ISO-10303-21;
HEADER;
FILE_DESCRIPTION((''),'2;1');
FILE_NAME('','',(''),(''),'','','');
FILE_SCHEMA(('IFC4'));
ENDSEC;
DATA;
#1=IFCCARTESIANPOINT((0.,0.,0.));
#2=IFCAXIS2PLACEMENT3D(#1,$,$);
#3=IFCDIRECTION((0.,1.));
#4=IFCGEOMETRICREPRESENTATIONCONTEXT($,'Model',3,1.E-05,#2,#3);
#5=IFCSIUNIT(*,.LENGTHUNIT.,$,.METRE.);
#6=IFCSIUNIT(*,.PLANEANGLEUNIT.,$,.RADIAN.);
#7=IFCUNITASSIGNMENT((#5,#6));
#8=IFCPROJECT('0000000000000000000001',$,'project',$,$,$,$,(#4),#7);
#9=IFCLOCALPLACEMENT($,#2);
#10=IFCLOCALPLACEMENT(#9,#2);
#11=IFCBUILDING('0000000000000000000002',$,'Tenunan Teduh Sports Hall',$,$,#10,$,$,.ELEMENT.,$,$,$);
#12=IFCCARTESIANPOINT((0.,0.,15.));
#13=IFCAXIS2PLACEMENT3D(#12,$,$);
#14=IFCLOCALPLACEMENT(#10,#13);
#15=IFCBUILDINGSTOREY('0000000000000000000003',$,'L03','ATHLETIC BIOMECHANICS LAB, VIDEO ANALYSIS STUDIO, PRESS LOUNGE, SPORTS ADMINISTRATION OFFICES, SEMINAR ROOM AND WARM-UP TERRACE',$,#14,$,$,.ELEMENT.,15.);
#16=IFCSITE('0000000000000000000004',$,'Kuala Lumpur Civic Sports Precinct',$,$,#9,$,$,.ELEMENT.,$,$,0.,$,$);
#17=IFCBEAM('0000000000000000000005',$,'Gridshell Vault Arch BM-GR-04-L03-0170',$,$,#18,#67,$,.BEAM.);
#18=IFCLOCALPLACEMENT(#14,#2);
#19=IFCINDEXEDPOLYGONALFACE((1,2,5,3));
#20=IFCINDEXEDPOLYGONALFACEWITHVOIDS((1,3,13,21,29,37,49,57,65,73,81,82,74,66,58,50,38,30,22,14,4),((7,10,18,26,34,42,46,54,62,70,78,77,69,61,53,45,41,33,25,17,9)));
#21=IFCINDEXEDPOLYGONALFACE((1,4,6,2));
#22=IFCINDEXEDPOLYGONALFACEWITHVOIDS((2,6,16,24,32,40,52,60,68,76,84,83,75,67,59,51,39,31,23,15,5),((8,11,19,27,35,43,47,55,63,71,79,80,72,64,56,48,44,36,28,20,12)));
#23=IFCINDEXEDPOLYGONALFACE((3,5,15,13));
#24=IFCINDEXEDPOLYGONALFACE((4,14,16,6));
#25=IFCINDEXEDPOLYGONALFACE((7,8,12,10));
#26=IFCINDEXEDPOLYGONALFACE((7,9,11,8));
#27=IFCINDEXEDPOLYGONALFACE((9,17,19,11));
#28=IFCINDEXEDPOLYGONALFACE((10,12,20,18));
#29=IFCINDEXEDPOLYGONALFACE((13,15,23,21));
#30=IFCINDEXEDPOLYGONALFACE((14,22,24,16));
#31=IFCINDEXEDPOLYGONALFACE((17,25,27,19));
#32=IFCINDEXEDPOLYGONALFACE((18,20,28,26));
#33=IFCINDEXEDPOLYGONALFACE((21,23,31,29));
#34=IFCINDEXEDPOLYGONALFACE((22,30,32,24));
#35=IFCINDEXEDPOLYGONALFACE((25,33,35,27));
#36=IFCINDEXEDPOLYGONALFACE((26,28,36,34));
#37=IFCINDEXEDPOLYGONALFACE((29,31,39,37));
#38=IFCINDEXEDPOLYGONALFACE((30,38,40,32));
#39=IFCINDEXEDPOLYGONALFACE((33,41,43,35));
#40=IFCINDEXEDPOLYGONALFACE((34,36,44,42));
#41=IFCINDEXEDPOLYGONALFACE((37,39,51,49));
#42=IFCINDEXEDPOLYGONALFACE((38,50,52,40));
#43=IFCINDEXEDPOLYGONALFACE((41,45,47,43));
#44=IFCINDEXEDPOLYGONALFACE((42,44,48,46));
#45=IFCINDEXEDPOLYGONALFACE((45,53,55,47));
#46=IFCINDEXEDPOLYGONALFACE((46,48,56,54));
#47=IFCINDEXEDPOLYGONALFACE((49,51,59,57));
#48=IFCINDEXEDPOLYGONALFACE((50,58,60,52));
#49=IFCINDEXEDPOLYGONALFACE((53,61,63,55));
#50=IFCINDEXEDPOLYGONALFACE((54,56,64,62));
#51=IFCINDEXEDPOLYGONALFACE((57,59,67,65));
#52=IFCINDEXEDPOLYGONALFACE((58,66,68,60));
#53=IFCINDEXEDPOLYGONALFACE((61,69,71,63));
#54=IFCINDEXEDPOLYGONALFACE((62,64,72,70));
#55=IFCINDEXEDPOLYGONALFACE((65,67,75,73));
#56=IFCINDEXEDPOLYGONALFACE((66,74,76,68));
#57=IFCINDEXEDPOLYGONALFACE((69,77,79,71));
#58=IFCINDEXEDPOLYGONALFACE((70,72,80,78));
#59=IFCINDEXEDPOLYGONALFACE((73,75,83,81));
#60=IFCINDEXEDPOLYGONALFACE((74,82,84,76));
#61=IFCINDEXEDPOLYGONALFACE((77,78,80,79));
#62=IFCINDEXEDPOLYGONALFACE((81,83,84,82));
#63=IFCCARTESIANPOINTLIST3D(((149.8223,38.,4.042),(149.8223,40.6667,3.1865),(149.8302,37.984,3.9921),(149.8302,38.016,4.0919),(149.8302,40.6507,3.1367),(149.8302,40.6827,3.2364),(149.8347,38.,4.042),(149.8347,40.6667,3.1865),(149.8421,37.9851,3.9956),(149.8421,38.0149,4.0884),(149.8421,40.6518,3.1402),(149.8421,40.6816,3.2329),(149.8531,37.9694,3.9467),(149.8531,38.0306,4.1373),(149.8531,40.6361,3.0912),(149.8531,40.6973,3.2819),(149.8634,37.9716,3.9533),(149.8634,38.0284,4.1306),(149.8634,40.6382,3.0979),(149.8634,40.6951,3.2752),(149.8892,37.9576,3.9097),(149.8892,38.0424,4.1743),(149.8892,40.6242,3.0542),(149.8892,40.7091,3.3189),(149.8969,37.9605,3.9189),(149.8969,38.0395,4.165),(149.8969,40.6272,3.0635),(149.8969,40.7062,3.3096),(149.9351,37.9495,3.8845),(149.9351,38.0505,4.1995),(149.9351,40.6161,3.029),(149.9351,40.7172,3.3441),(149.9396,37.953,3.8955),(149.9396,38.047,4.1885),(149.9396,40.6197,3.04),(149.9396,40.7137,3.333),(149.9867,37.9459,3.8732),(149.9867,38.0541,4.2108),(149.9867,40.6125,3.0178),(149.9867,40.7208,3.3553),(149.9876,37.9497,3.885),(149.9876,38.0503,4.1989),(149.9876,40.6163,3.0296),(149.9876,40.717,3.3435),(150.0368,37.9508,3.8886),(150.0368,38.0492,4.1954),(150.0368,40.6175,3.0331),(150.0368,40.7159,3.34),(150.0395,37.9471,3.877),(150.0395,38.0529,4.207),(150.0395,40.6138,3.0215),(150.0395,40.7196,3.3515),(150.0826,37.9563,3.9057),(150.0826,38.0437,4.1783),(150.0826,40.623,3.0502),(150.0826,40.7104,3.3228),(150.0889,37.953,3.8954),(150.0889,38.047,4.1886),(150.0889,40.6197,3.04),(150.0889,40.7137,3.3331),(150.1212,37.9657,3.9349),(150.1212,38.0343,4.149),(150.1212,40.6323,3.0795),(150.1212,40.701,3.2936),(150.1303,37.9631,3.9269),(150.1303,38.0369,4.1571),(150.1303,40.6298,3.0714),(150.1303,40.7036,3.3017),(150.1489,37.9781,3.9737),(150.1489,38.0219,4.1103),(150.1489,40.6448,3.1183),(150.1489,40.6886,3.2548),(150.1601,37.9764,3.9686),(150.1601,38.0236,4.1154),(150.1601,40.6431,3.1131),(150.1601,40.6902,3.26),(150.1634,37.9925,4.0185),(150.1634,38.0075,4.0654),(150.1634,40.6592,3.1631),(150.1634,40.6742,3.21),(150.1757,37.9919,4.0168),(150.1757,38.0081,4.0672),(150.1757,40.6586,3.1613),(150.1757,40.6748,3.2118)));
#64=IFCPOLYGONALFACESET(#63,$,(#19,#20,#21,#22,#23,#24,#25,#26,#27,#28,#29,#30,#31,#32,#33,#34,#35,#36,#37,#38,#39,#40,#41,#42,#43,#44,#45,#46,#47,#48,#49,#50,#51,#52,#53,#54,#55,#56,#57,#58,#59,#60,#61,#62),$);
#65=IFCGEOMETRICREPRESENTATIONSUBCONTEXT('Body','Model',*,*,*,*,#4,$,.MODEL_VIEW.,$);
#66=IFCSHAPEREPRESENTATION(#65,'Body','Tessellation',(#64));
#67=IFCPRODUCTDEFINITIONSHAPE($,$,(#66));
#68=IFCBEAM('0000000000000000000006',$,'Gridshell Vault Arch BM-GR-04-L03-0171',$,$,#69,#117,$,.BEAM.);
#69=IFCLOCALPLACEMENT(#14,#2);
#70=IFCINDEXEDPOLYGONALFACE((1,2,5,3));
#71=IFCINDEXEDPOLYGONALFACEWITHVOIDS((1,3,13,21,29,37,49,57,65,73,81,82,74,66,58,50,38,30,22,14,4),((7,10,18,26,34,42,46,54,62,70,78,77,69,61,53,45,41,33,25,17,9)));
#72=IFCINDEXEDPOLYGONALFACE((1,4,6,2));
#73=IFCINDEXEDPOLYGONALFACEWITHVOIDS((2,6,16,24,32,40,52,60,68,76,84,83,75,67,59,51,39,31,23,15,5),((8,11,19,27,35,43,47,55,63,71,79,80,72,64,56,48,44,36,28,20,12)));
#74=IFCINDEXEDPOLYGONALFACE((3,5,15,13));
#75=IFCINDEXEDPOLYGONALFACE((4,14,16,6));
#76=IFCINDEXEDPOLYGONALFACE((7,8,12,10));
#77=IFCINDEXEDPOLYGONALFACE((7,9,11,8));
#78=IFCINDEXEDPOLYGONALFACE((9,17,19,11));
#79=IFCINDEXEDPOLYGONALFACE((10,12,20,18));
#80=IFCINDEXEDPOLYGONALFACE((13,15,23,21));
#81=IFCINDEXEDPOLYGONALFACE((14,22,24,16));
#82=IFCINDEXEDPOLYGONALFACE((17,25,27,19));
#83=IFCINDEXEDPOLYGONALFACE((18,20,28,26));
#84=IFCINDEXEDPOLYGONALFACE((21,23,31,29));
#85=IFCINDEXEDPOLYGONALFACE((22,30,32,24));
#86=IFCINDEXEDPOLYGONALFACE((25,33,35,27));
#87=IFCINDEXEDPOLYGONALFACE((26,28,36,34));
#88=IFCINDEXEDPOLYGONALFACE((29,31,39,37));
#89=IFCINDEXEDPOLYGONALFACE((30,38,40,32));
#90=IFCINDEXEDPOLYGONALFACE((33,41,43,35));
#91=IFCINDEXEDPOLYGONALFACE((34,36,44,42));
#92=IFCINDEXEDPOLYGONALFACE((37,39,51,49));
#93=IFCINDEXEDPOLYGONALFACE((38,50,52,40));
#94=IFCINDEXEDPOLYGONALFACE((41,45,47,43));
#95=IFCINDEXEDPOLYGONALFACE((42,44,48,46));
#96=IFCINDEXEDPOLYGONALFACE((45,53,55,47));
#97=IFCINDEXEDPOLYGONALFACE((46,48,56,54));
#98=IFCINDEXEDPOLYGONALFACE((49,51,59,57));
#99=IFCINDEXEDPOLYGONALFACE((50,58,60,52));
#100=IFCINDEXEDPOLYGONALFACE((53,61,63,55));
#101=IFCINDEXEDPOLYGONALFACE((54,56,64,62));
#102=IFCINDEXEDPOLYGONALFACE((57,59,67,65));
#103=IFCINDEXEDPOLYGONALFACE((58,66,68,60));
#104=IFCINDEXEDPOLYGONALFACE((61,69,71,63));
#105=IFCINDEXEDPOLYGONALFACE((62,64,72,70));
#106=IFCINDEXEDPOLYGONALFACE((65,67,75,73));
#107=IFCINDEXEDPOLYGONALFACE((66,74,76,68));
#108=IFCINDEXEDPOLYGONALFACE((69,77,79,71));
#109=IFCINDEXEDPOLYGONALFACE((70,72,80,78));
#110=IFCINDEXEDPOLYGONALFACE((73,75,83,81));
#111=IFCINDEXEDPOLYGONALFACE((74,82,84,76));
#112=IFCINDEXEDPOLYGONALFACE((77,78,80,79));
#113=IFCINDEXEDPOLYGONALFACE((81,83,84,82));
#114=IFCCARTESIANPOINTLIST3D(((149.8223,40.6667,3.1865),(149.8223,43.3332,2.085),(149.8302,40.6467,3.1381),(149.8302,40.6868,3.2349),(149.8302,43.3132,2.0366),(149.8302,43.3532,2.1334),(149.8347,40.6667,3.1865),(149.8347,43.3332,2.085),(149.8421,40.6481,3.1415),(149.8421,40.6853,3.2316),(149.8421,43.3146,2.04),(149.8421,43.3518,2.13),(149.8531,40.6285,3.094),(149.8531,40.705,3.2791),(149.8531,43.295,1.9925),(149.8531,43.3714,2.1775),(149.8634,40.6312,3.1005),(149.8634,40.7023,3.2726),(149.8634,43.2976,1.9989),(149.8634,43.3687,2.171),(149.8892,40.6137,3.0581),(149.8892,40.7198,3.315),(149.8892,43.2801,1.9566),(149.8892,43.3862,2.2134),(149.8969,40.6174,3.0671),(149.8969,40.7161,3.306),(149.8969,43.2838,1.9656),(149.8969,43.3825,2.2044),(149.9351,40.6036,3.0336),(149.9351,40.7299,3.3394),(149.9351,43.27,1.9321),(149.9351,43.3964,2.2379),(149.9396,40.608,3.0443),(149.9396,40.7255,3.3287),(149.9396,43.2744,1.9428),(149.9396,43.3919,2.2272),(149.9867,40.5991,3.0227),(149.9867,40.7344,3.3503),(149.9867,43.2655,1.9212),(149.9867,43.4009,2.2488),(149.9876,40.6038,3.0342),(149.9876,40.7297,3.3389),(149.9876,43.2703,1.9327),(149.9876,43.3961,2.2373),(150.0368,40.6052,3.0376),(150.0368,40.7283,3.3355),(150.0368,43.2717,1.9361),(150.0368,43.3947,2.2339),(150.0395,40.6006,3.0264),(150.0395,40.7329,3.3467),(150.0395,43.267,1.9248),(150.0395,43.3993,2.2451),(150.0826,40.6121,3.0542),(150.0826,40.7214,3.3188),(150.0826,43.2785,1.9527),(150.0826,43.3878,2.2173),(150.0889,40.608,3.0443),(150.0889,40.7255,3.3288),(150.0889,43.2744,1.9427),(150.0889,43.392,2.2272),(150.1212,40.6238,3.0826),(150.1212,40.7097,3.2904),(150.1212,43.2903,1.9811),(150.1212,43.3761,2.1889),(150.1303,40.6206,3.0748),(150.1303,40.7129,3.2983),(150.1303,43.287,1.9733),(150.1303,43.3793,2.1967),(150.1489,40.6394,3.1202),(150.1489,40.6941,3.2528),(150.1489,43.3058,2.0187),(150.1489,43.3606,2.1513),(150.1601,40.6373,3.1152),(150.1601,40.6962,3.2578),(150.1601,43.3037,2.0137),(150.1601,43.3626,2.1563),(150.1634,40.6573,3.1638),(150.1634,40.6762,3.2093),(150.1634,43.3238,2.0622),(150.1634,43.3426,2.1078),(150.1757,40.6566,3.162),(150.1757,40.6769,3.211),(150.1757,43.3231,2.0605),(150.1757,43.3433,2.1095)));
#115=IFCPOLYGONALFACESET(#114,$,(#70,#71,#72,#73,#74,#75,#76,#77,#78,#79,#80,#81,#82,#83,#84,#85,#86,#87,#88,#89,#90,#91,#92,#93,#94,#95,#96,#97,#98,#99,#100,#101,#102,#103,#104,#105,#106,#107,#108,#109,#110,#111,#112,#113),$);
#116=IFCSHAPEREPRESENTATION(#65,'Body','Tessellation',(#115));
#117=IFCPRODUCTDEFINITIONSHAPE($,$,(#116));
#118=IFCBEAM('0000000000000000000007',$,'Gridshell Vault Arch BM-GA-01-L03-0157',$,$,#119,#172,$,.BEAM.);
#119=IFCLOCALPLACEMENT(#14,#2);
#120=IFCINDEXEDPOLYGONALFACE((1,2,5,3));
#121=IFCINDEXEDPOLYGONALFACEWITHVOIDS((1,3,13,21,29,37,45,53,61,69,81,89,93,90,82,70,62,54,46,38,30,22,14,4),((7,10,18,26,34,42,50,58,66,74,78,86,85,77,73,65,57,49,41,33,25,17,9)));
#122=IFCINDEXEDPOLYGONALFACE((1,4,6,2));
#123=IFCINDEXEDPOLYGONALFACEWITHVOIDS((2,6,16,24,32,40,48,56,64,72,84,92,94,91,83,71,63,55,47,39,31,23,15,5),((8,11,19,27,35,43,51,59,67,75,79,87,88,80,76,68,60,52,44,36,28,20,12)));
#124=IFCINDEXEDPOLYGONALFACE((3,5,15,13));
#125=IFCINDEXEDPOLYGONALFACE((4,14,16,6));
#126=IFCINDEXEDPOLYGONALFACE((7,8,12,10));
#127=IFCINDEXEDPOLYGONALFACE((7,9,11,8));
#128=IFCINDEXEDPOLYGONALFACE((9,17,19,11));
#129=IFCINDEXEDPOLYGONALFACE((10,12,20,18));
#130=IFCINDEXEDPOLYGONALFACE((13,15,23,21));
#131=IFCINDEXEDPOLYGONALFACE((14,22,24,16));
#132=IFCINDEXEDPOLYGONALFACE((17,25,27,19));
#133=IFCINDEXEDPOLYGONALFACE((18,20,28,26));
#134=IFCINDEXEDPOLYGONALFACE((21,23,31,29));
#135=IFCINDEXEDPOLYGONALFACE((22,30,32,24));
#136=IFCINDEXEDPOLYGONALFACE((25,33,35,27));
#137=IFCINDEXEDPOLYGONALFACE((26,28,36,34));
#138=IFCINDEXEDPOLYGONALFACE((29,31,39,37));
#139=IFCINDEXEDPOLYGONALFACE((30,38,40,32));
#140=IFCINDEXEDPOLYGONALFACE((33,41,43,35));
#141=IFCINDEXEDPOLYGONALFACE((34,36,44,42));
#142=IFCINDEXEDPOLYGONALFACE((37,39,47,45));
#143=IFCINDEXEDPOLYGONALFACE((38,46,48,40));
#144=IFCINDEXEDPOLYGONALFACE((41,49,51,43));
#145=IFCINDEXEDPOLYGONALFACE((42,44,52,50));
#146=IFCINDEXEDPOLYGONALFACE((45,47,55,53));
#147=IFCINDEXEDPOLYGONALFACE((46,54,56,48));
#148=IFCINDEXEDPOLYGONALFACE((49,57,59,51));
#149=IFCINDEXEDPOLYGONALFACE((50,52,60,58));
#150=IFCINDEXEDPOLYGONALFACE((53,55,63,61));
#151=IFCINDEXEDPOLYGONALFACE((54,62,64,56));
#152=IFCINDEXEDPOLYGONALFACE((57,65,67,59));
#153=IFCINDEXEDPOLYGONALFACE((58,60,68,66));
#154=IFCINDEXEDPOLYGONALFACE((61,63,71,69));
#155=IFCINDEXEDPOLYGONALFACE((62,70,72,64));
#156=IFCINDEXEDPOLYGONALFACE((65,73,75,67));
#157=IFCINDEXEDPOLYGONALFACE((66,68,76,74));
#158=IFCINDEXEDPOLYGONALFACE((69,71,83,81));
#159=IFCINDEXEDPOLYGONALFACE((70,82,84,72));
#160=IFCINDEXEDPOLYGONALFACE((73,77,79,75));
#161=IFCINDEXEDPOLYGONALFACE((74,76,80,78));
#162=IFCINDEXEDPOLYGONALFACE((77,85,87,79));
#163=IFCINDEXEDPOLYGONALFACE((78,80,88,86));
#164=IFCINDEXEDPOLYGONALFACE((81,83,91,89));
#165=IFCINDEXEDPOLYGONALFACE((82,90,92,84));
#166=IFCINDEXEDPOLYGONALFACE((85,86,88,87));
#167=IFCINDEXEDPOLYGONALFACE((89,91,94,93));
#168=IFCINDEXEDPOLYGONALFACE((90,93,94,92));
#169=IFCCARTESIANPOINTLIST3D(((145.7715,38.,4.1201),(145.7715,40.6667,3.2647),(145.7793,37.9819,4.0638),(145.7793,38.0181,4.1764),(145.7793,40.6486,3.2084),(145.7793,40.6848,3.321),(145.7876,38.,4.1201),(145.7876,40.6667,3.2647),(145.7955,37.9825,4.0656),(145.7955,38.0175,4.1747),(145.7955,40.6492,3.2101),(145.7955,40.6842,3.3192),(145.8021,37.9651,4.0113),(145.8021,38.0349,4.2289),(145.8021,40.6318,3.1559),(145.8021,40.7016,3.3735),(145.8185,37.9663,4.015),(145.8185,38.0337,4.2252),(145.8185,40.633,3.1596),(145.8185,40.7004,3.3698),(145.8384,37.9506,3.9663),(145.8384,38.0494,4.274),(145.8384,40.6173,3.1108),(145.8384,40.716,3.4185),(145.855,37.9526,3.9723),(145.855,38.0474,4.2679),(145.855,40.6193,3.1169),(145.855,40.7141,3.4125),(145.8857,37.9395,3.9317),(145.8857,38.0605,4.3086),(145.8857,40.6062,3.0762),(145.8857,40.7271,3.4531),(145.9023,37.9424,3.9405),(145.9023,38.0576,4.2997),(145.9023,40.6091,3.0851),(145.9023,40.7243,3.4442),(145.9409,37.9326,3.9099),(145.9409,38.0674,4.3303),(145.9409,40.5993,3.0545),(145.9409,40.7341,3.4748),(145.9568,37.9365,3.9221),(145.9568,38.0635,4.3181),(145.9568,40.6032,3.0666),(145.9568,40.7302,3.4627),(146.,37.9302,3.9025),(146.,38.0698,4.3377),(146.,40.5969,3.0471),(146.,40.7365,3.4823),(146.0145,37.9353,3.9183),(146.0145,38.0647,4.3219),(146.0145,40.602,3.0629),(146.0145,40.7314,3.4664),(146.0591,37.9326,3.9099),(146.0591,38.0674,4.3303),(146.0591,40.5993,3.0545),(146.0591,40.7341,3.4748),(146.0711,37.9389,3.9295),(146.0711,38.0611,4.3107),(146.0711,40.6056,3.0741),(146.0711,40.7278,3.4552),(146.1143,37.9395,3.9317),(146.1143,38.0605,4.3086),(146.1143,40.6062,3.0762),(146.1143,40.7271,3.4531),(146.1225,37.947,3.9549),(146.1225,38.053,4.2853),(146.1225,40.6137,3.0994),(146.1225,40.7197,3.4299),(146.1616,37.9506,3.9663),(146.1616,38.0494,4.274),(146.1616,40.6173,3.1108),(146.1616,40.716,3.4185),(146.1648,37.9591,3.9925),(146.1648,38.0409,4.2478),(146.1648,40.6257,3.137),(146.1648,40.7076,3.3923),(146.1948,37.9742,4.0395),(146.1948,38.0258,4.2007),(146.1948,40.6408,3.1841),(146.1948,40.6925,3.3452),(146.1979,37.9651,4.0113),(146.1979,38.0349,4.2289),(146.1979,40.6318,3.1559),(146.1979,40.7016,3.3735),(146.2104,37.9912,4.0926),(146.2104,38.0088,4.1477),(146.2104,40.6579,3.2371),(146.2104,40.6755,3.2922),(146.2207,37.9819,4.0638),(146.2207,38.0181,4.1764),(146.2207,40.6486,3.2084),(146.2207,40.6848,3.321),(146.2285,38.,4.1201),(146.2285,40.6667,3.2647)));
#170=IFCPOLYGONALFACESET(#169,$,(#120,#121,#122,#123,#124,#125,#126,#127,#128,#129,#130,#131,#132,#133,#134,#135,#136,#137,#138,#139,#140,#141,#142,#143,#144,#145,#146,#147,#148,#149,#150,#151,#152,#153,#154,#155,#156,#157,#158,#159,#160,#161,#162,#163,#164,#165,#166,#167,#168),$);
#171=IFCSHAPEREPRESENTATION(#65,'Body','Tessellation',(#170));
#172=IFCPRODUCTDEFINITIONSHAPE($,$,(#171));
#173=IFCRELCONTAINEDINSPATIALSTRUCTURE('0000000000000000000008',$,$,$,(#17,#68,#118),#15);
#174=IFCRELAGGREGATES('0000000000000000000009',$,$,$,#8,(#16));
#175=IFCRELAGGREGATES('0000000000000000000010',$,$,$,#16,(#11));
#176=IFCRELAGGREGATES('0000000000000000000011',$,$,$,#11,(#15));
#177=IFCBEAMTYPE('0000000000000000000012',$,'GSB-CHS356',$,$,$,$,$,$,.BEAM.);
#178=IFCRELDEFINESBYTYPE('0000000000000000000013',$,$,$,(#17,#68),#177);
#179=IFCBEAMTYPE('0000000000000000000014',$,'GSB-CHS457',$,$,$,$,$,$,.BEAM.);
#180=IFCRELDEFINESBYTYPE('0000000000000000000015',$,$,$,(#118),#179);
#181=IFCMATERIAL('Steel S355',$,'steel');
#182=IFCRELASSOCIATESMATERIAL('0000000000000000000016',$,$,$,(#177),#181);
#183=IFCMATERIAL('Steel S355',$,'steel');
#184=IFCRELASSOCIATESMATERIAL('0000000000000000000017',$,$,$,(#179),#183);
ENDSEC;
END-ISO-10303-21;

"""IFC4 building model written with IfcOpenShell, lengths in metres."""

from ifc_helpers import new_model, si_unit, direction, frame, origin, origin_2d, place, context, subcontext, project, spatial, hollow_circle, extrude, material, material_profile, profile_set, type_object, element, save


model = new_model("IFC4")

# Units and contexts
model_context = context("Model", 3, precision=1e-05, world=origin(), true_north=direction((0.0, 1.0)))
body_context = subcontext(model_context, "Body", "Model", "MODEL_VIEW")
ifc_project = project(units=[si_unit("LENGTHUNIT", "METRE"), si_unit("PLANEANGLEUNIT", "RADIAN")], contexts=[model_context])

# Site, building, storey
site_placement = place(None, origin())
site = spatial("IfcSite", under=ifc_project, at=site_placement, Name="Kuala Lumpur Civic Sports Precinct", CompositionType="ELEMENT", RefElevation=0.0)
building_placement = place(site_placement, origin())
building = spatial("IfcBuilding", under=site, at=building_placement, Name="Tenunan Teduh Sports Hall", CompositionType="ELEMENT")
storey_placement = place(building_placement, frame((0.0, 0.0, 15.0)))
storey = spatial("IfcBuildingStorey", under=building, at=storey_placement, Name="L03", Description="ATHLETIC BIOMECHANICS LAB, VIDEO ANALYSIS STUDIO, PRESS LOUNGE, SPORTS ADMINISTRATION OFFICES, SEMINAR ROOM AND WARM-UP TERRACE", CompositionType="ELEMENT", Elevation=15.0)

# Beams
ifc_material_1 = material(Name="Steel S355", Category="steel")
ifc_material_profile_1 = material_profile(ifc_material_1, hollow_circle(Radius=0.1777, WallThickness=0.0125, at=origin_2d()), Name="CHS 355.6x12.5")
ifc_profile_set_1 = profile_set([ifc_material_profile_1], Name="Steel S355")
beam_type_1 = type_object("IfcBeamType", Name="GSB-CHS356", PredefinedType="BEAM", material=ifc_profile_set_1)
beam_1_placement = place(storey_placement, frame((150.0, 38.0, 4.042), z_axis=(0.0, 0.952205, -0.305459), x_axis=(-1.0, 0.0, 0.0)))
element("IfcBeam", 1, at=beam_1_placement, inside=storey, type_object=beam_type_1, Name="Gridshell Vault Arch BM-GR-04-L03-0170", PredefinedType="BEAM", context=body_context, shape_type="SweptSolid", body=[
    extrude(hollow_circle(Radius=0.1777, WallThickness=0.0125, at=origin_2d()), origin(), (0.0, 0.0, 1.0), 2.8005),
])
beam_2_placement = place(storey_placement, frame((150.0, 40.6667, 3.1865), z_axis=(0.0, 0.924239, -0.381814), x_axis=(-1.0, 0.0, 0.0)))
element("IfcBeam", 2, at=beam_2_placement, inside=storey, type_object=beam_type_1, Name="Gridshell Vault Arch BM-GR-04-L03-0171", PredefinedType="BEAM", context=body_context, shape_type="SweptSolid", body=[
    extrude(hollow_circle(Radius=0.1777, WallThickness=0.0125, at=origin_2d()), origin(), (0.0, 0.0, 1.0), 2.885),
])
ifc_material_2 = material(Name="Steel S355", Category="steel")
ifc_material_profile_2 = material_profile(ifc_material_2, hollow_circle(Radius=0.2285, WallThickness=0.0161, at=origin_2d()), Name="CHS 457.0x16.0")
ifc_profile_set_2 = profile_set([ifc_material_profile_2], Name="Steel S355")
beam_type_2 = type_object("IfcBeamType", Name="GSB-CHS457", PredefinedType="BEAM", material=ifc_profile_set_2)
beam_3_placement = place(storey_placement, frame((146.0, 38.0, 4.1201), z_axis=(0.0, 0.952205, -0.305459), x_axis=(-1.0, 0.0, 0.0)))
element("IfcBeam", 3, at=beam_3_placement, inside=storey, type_object=beam_type_2, Name="Gridshell Vault Arch BM-GA-01-L03-0157", PredefinedType="BEAM", context=body_context, shape_type="SweptSolid", body=[
    extrude(hollow_circle(Radius=0.2285, WallThickness=0.0161, at=origin_2d()), origin(), (0.0, 0.0, 1.0), 2.8005),
])

save(model, "model.ifc")
